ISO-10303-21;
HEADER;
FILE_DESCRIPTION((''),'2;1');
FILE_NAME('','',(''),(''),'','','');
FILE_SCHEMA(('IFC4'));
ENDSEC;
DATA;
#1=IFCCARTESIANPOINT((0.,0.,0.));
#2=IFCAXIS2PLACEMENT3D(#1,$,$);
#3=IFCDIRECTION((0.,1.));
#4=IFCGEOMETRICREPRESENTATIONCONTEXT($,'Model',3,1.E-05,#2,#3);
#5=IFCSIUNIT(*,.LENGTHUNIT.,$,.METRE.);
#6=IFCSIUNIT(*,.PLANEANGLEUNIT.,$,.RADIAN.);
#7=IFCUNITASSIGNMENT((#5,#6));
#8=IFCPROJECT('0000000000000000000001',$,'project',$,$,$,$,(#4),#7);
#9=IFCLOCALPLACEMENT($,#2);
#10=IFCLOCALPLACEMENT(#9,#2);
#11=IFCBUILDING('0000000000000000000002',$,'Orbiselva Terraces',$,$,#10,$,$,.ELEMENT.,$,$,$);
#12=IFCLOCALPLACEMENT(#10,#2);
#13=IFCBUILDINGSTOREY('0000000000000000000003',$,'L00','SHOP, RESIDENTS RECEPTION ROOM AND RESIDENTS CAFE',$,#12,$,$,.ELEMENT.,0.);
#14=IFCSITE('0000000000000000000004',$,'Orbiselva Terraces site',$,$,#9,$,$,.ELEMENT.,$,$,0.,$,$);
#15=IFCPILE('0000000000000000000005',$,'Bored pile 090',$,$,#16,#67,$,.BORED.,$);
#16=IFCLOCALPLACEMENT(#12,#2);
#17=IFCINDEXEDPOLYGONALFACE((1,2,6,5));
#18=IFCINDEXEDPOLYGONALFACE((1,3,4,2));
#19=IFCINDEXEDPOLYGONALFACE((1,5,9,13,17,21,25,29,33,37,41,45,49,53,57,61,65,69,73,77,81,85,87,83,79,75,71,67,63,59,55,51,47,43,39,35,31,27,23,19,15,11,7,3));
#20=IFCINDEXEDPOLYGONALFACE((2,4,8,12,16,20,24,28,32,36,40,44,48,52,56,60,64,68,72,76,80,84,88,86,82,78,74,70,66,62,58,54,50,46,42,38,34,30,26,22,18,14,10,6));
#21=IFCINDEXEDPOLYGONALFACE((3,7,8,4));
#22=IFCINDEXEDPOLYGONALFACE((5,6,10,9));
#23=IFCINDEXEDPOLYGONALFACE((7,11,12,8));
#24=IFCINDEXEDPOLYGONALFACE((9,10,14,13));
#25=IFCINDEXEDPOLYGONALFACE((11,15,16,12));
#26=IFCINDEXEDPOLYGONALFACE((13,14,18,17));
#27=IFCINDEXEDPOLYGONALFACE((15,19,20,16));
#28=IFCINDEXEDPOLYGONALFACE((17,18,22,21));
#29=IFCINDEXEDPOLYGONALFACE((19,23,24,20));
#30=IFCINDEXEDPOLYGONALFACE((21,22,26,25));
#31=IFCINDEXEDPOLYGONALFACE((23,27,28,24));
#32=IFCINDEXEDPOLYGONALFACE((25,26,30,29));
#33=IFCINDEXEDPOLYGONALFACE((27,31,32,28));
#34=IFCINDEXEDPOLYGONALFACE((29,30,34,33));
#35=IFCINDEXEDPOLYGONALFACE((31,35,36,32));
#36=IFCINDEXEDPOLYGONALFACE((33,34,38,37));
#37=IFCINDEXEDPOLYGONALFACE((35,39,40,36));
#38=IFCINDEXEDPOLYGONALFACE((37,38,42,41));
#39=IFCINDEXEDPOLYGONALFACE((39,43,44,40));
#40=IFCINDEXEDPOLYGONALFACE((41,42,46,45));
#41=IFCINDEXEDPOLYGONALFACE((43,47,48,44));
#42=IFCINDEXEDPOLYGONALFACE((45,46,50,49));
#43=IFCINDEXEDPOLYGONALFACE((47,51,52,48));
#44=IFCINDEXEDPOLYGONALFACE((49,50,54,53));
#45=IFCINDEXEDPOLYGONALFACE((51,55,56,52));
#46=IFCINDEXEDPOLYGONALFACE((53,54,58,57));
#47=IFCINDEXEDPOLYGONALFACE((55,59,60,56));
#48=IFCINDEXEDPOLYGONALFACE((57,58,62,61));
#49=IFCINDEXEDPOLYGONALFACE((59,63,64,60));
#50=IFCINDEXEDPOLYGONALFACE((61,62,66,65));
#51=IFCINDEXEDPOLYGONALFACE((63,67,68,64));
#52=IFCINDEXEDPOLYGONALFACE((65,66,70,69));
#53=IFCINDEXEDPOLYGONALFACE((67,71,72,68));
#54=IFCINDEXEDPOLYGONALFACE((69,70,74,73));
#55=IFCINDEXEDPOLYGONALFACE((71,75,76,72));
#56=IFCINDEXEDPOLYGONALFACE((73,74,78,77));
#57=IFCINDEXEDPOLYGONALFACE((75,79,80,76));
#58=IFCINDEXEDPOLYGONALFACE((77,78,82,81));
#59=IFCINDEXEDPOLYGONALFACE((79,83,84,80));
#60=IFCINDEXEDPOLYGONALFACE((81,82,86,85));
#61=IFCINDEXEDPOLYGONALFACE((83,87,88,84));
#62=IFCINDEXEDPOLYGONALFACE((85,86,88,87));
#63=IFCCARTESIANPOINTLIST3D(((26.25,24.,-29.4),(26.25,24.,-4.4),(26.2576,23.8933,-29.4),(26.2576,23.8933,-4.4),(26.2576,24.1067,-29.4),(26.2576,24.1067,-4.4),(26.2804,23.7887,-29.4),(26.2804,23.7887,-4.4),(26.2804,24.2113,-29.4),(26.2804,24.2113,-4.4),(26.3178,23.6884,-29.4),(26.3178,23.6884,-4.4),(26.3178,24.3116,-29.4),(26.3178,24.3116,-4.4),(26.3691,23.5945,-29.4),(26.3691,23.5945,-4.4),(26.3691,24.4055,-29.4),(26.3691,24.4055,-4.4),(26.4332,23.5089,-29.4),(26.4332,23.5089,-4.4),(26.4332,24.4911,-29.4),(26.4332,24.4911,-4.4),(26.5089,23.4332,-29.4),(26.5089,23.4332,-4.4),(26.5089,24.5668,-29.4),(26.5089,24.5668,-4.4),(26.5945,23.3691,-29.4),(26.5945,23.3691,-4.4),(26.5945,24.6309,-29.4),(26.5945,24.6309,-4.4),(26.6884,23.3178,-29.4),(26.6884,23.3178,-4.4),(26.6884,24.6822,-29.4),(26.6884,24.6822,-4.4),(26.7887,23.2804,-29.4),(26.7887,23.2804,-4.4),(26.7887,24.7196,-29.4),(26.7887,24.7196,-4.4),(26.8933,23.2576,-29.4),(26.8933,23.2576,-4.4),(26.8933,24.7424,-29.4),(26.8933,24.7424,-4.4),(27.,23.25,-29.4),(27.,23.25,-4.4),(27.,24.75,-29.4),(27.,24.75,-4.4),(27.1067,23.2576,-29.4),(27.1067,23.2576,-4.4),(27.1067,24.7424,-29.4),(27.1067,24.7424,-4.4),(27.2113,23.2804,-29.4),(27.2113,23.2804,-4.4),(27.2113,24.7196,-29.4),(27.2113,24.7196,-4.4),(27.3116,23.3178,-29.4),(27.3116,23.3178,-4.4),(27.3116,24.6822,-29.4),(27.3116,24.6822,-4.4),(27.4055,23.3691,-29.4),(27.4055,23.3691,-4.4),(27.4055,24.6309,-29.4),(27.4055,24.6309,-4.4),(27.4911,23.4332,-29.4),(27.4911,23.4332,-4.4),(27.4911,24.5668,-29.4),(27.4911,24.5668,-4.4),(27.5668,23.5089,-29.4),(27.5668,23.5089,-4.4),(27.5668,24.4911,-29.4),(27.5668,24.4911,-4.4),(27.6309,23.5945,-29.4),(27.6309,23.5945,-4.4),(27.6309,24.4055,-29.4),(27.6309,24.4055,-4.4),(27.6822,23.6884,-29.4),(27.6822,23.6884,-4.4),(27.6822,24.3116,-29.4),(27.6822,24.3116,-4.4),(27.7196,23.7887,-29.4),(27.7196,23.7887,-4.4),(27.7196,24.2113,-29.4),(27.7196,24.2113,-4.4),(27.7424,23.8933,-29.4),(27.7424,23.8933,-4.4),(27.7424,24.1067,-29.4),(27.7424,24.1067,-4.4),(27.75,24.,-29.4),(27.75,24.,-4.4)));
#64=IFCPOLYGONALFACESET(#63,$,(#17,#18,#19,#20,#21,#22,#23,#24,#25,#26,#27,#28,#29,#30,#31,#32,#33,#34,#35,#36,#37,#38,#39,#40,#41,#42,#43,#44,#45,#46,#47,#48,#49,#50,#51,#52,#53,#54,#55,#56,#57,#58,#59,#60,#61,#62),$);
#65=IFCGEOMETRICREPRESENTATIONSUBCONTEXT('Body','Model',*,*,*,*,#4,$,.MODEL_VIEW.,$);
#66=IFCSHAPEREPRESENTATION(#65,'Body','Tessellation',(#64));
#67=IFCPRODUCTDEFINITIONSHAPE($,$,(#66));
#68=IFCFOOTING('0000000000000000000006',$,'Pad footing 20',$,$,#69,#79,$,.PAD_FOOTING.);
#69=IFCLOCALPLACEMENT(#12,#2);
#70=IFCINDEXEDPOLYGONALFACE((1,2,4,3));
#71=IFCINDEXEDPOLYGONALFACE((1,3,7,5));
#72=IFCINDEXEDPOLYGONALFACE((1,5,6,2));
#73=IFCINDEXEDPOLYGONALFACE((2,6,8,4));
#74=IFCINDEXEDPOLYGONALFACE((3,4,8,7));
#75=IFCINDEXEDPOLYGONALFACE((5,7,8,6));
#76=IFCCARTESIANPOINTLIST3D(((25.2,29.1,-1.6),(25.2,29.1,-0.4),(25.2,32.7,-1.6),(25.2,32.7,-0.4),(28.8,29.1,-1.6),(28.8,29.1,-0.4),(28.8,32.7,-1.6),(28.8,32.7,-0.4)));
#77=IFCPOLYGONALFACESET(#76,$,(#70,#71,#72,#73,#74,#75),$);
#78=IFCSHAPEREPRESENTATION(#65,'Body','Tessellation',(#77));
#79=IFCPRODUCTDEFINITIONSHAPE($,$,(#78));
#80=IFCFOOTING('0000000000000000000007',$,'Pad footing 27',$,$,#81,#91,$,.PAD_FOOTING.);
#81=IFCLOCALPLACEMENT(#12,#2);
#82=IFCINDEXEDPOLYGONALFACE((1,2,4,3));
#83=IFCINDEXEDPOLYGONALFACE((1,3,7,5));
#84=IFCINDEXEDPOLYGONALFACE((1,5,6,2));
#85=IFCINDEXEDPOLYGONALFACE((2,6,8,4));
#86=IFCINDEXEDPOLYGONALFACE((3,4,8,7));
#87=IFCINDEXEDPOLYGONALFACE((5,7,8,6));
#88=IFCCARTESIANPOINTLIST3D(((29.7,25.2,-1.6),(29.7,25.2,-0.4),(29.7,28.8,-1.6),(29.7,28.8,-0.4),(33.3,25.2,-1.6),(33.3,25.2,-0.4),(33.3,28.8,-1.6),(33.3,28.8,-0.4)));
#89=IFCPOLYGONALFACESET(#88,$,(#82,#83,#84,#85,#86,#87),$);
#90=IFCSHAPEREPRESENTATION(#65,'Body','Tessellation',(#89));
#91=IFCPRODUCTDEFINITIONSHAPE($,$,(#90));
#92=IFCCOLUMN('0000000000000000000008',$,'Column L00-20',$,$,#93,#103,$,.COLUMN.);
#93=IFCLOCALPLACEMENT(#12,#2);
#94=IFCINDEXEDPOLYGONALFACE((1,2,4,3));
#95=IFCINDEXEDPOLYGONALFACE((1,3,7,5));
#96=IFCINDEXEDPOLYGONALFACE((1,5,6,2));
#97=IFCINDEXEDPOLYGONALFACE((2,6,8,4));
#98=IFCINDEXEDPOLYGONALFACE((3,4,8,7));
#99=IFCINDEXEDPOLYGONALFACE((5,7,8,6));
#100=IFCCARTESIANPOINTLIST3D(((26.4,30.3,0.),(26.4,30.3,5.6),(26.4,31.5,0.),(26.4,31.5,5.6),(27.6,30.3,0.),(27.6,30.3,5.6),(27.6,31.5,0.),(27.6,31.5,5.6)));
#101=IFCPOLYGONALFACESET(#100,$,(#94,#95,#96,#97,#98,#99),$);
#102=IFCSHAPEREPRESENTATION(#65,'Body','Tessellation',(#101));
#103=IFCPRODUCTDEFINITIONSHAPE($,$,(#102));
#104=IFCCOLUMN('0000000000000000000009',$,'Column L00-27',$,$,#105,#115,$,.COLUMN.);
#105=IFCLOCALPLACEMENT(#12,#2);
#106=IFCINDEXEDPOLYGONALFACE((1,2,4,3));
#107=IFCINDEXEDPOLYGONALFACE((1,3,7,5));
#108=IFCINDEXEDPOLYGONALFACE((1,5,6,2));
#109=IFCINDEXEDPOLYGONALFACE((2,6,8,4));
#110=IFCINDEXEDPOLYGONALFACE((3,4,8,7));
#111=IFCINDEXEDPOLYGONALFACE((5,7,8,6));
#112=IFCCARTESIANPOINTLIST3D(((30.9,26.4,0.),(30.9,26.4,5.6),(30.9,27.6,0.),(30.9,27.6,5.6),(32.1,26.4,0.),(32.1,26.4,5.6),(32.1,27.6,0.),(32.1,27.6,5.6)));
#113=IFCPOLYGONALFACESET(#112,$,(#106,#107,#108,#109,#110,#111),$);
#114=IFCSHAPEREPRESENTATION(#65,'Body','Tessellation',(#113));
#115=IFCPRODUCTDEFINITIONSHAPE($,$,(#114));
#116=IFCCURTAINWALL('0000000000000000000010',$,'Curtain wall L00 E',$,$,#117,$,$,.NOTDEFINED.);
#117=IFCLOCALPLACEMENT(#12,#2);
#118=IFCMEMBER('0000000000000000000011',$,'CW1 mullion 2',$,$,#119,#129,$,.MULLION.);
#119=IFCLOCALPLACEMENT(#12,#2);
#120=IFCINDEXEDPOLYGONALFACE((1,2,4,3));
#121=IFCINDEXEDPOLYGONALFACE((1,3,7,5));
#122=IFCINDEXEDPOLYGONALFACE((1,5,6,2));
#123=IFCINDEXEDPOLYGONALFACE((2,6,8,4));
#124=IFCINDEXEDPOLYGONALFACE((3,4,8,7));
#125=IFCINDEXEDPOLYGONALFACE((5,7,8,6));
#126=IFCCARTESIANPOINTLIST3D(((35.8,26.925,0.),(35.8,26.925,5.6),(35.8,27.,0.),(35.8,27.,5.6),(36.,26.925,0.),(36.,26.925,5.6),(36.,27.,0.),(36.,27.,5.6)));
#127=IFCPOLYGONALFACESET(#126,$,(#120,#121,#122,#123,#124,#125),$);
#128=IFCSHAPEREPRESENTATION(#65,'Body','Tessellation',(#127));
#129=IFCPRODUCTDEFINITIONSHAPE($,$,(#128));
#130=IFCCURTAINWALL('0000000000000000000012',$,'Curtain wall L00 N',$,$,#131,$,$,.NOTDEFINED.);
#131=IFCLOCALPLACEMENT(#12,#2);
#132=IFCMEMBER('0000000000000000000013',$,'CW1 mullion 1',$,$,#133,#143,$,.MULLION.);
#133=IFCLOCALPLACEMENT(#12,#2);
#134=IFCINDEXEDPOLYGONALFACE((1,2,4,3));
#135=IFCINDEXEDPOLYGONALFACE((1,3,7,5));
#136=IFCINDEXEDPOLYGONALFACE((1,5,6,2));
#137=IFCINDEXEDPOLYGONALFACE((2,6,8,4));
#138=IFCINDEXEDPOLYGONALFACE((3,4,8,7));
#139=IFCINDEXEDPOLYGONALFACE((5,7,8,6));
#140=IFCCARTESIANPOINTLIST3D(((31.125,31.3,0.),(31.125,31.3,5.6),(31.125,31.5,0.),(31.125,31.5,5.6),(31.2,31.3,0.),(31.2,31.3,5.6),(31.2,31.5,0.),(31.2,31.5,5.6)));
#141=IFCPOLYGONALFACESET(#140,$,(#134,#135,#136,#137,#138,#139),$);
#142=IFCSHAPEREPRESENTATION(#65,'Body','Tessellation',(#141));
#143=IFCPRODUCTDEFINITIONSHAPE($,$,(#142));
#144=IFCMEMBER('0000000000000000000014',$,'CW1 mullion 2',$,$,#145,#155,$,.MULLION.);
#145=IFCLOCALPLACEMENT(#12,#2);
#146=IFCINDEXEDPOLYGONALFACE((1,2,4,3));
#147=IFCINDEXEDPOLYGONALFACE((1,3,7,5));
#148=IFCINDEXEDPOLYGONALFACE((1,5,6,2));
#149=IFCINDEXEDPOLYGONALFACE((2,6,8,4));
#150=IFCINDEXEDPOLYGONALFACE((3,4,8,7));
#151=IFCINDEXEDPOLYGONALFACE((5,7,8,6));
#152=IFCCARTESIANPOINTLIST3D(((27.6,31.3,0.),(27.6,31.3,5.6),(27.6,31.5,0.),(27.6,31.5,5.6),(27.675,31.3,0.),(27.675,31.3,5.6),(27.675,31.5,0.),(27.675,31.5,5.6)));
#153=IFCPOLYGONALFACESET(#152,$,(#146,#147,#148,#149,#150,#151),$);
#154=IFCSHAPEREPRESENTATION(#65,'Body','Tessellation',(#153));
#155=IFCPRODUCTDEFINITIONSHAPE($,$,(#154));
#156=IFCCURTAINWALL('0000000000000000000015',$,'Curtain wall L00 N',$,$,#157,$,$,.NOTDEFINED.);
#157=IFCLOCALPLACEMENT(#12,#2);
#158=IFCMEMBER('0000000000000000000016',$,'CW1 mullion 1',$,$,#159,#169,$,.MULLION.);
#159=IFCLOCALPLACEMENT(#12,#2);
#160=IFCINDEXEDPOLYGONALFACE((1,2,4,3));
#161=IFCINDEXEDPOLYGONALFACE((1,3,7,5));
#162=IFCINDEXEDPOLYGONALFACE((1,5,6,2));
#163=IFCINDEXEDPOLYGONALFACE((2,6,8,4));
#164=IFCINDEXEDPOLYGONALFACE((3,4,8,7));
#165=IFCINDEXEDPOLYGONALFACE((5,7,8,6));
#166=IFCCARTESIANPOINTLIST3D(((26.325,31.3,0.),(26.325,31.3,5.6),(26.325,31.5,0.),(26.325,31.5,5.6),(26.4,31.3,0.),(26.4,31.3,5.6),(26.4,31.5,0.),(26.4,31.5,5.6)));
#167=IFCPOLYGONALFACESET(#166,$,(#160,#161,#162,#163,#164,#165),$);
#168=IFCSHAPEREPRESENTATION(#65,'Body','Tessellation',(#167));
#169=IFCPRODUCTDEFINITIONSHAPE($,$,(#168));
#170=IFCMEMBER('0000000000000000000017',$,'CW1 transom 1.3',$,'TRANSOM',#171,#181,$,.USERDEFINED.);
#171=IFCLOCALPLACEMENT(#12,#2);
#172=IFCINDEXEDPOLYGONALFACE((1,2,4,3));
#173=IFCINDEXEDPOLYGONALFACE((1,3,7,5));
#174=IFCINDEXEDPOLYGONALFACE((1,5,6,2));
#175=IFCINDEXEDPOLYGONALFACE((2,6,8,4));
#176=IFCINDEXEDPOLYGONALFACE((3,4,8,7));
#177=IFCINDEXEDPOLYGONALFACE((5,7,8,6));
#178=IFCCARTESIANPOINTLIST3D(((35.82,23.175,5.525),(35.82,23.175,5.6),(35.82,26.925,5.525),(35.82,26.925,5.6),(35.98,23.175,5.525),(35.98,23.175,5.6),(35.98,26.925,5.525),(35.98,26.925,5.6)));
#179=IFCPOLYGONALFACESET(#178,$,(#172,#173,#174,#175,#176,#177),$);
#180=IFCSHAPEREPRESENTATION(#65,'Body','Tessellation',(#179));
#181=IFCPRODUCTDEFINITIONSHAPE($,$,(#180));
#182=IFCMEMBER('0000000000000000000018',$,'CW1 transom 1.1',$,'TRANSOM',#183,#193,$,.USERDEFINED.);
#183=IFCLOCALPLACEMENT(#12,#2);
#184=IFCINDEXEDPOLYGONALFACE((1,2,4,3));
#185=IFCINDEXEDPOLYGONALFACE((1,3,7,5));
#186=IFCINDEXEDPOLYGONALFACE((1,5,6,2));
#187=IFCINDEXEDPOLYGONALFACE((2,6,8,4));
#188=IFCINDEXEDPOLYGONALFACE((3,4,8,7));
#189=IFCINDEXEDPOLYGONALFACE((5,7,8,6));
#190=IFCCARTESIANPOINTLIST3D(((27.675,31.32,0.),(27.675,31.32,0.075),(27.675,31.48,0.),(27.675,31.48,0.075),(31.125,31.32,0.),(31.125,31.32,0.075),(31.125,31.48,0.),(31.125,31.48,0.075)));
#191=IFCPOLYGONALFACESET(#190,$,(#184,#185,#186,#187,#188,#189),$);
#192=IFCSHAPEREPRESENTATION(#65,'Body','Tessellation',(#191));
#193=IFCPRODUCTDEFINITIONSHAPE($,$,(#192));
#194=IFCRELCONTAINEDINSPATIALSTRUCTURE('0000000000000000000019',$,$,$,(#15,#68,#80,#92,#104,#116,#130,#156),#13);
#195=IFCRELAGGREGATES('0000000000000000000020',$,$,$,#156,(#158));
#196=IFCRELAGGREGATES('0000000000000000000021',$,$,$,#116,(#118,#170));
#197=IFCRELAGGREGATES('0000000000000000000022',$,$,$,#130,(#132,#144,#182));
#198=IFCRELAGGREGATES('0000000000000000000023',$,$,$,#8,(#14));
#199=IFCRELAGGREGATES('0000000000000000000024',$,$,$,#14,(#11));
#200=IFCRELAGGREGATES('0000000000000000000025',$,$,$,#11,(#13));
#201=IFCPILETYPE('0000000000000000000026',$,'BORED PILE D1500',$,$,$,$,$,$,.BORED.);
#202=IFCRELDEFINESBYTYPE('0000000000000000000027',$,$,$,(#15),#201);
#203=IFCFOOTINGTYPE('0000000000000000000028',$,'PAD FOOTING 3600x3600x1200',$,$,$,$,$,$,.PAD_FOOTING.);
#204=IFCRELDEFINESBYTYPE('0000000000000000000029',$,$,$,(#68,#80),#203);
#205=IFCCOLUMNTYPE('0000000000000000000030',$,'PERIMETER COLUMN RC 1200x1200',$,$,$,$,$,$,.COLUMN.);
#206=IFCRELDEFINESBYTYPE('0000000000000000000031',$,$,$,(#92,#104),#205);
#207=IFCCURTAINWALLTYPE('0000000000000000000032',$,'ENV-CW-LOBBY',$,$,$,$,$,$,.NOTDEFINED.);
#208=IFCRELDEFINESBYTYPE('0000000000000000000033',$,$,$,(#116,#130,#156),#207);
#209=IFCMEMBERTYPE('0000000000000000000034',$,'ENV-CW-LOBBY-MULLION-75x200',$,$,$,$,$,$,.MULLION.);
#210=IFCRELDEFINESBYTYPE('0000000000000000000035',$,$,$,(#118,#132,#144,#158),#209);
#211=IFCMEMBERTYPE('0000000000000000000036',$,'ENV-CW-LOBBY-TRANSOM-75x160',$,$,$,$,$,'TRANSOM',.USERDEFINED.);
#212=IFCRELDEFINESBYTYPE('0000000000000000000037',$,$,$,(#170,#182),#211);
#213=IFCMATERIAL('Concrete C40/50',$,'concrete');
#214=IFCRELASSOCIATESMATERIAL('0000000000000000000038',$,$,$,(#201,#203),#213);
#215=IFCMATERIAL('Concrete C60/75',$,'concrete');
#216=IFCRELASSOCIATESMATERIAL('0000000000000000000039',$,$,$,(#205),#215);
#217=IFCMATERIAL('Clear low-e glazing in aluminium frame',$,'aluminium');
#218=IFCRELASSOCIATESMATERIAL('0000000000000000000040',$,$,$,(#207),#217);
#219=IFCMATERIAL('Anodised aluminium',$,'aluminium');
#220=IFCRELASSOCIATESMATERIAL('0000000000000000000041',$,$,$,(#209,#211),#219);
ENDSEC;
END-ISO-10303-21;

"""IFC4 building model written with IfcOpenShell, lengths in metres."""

from ifc_helpers import new_model, si_unit, direction, frame, origin, origin_2d, place, context, subcontext, project, spatial, rectangle, circle, extrude, material, material_profile, profile_set, type_object, element, aggregate, save


model = new_model("IFC4")

# Units and contexts
model_context = context("Model", 3, precision=1e-05, world=origin(), true_north=direction((0.0, 1.0)))
body_context = subcontext(model_context, "Body", "Model", "MODEL_VIEW")
ifc_project = project(units=[si_unit("LENGTHUNIT", "METRE"), si_unit("PLANEANGLEUNIT", "RADIAN")], contexts=[model_context])

# Site, building, storey
site_placement = place(None, origin())
site = spatial("IfcSite", under=ifc_project, at=site_placement, Name="Orbiselva Terraces site", CompositionType="ELEMENT", RefElevation=0.0)
building_placement = place(site_placement, origin())
building = spatial("IfcBuilding", under=site, at=building_placement, Name="Orbiselva Terraces", CompositionType="ELEMENT")
storey_placement = place(building_placement, origin())
storey = spatial("IfcBuildingStorey", under=building, at=storey_placement, Name="L00", Description="SHOP, RESIDENTS RECEPTION ROOM AND RESIDENTS CAFE", CompositionType="ELEMENT", Elevation=0.0)

# Pile
ifc_material_1 = material(Name="Concrete C40/50", Category="concrete")
ifc_material_profile_1 = material_profile(ifc_material_1, circle(Radius=0.75, at=origin_2d()), Name="D1500")
ifc_profile_set_1 = profile_set([ifc_material_profile_1], Name="Concrete C40/50")
pile_type = type_object("IfcPileType", Name="BORED PILE D1500", PredefinedType="BORED", material=ifc_profile_set_1)
pile_placement = place(storey_placement, frame((27.0, 24.0, -4.4), z_axis=(0.0, 0.0, -1.0), x_axis=(1.0, 0.0, 0.0)))
element("IfcPile", 1, at=pile_placement, inside=storey, type_object=pile_type, Name="Bored pile 090", PredefinedType="BORED", context=body_context, shape_type="SweptSolid", body=[
    extrude(circle(Radius=0.75, at=origin_2d()), origin(), (0.0, 0.0, 1.0), 25.0),
])

# Footings
footing_type = type_object("IfcFootingType", Name="PAD FOOTING 3600x3600x1200", PredefinedType="PAD_FOOTING", material=ifc_material_1)
for number, where, z_axis, x_axis, name in (
    (2, (27.0, 30.9, -1.6), (0.0, 0.0, 1.0), (1.0, 0.0, 0.0), "Pad footing 20"),
    (3, (31.5, 27.0, -1.6), (0.0, 0.0, 1.0), (1.0, 0.0, 0.0), "Pad footing 27"),
):
    element("IfcFooting", number, at=place(storey_placement, frame(where, z_axis=z_axis, x_axis=x_axis)), inside=storey, type_object=footing_type, Name=name, PredefinedType="PAD_FOOTING", context=body_context, shape_type="SweptSolid", body=[
        extrude(rectangle(XDim=3.6, YDim=3.6, at=origin_2d()), origin(), (0.0, 0.0, 1.0), 1.2),
    ])

# Columns
ifc_material_2 = material(Name="Concrete C60/75", Category="concrete")
ifc_material_profile_2 = material_profile(ifc_material_2, rectangle(XDim=1.2, YDim=1.2, at=origin_2d()), Name="RC 1200x1200")
ifc_profile_set_2 = profile_set([ifc_material_profile_2], Name="Concrete C60/75")
column_type = type_object("IfcColumnType", Name="PERIMETER COLUMN RC 1200x1200", PredefinedType="COLUMN", material=ifc_profile_set_2)
for number, where, z_axis, x_axis, name in (
    (4, (27.0, 30.9, 0.0), (0.0, 0.0, 1.0), (1.0, 0.0, 0.0), "Column L00-20"),
    (5, (31.5, 27.0, 0.0), (0.0, 0.0, 1.0), (1.0, 0.0, 0.0), "Column L00-27"),
):
    element("IfcColumn", number, at=place(storey_placement, frame(where, z_axis=z_axis, x_axis=x_axis)), inside=storey, type_object=column_type, Name=name, PredefinedType="COLUMN", context=body_context, shape_type="SweptSolid", body=[
        extrude(rectangle(XDim=1.2, YDim=1.2, at=origin_2d()), origin(), (0.0, 0.0, 1.0), 5.6),
    ])

# Curtain wall, member
ifc_material_3 = material(Name="Clear low-e glazing in aluminium frame", Category="aluminium")
curtain_wall_type = type_object("IfcCurtainWallType", Name="ENV-CW-LOBBY", PredefinedType="NOTDEFINED", material=ifc_material_3)
curtain_wall_1_placement = place(storey_placement, origin())
curtain_wall_1 = element("IfcCurtainWall", 6, at=curtain_wall_1_placement, inside=storey, type_object=curtain_wall_type, Name="Curtain wall L00 E", PredefinedType="NOTDEFINED")
ifc_material_4 = material(Name="Anodised aluminium", Category="aluminium")
ifc_material_profile_3 = material_profile(ifc_material_4, rectangle(XDim=0.2, YDim=0.075, at=origin_2d()), Name="AL 75x200")
ifc_profile_set_3 = profile_set([ifc_material_profile_3], Name="Anodised aluminium")
member_type_1 = type_object("IfcMemberType", Name="ENV-CW-LOBBY-MULLION-75x200", PredefinedType="MULLION", material=ifc_profile_set_3)
member_1_placement = place(storey_placement, frame((35.9, 26.9625, 0.0), z_axis=(0.0, 0.0, 1.0), x_axis=(-1.0, 0.0, 0.0)))
member_1 = element("IfcMember", 7, at=member_1_placement, type_object=member_type_1, Name="CW1 mullion 2", PredefinedType="MULLION", context=body_context, shape_type="SweptSolid", body=[
    extrude(rectangle(XDim=0.2, YDim=0.075, at=origin_2d()), origin(), (0.0, 0.0, 1.0), 5.6),
])

# Curtain wall, members
curtain_wall_2_placement = place(storey_placement, origin())
curtain_wall_2 = element("IfcCurtainWall", 8, at=curtain_wall_2_placement, inside=storey, type_object=curtain_wall_type, Name="Curtain wall L00 N", PredefinedType="NOTDEFINED")
member_2_placement = place(storey_placement, frame((31.1625, 31.4, 0.0), z_axis=(0.0, 0.0, 1.0), x_axis=(0.0, -1.0, 0.0)))
member_2 = element("IfcMember", 9, at=member_2_placement, type_object=member_type_1, Name="CW1 mullion 1", PredefinedType="MULLION", context=body_context, shape_type="SweptSolid", body=[
    extrude(rectangle(XDim=0.2, YDim=0.075, at=origin_2d()), origin(), (0.0, 0.0, 1.0), 5.6),
])
member_3_placement = place(storey_placement, frame((27.6375, 31.4, 0.0), z_axis=(0.0, 0.0, 1.0), x_axis=(0.0, -1.0, 0.0)))
member_3 = element("IfcMember", 10, at=member_3_placement, type_object=member_type_1, Name="CW1 mullion 2", PredefinedType="MULLION", context=body_context, shape_type="SweptSolid", body=[
    extrude(rectangle(XDim=0.2, YDim=0.075, at=origin_2d()), origin(), (0.0, 0.0, 1.0), 5.6),
])

# Curtain wall, member
curtain_wall_3_placement = place(storey_placement, origin())
curtain_wall_3 = element("IfcCurtainWall", 11, at=curtain_wall_3_placement, inside=storey, type_object=curtain_wall_type, Name="Curtain wall L00 N", PredefinedType="NOTDEFINED")
member_4_placement = place(storey_placement, frame((26.3625, 31.4, 0.0), z_axis=(0.0, 0.0, 1.0), x_axis=(0.0, -1.0, 0.0)))
member_4 = element("IfcMember", 12, at=member_4_placement, type_object=member_type_1, Name="CW1 mullion 1", PredefinedType="MULLION", context=body_context, shape_type="SweptSolid", body=[
    extrude(rectangle(XDim=0.2, YDim=0.075, at=origin_2d()), origin(), (0.0, 0.0, 1.0), 5.6),
])

# Members
ifc_material_profile_4 = material_profile(ifc_material_4, rectangle(XDim=0.16, YDim=0.075, at=origin_2d()), Name="AL 75x160")
ifc_profile_set_4 = profile_set([ifc_material_profile_4], Name="Anodised aluminium")
member_type_2 = type_object("IfcMemberType", Name="ENV-CW-LOBBY-TRANSOM-75x160", ElementType="TRANSOM", PredefinedType="USERDEFINED", material=ifc_profile_set_4)
member_5_placement = place(storey_placement, frame((35.9, 23.175, 5.5625), z_axis=(0.0, 1.0, 0.0), x_axis=(-1.0, 0.0, 0.0)))
member_5 = element("IfcMember", 13, at=member_5_placement, type_object=member_type_2, Name="CW1 transom 1.3", ObjectType="TRANSOM", PredefinedType="USERDEFINED", context=body_context, shape_type="SweptSolid", body=[
    extrude(rectangle(XDim=0.16, YDim=0.075, at=origin_2d()), origin(), (0.0, 0.0, 1.0), 3.75),
])
member_6_placement = place(storey_placement, frame((31.125, 31.4, 0.0375), z_axis=(-1.0, 0.0, 0.0), x_axis=(0.0, -1.0, 0.0)))
member_6 = element("IfcMember", 14, at=member_6_placement, type_object=member_type_2, Name="CW1 transom 1.1", ObjectType="TRANSOM", PredefinedType="USERDEFINED", context=body_context, shape_type="SweptSolid", body=[
    extrude(rectangle(XDim=0.16, YDim=0.075, at=origin_2d()), origin(), (0.0, 0.0, 1.0), 3.45),
])
aggregate(curtain_wall_3, [member_4])

aggregate(curtain_wall_1, [member_1, member_5])
aggregate(curtain_wall_2, [member_2, member_3, member_6])

save(model, "model.ifc")
